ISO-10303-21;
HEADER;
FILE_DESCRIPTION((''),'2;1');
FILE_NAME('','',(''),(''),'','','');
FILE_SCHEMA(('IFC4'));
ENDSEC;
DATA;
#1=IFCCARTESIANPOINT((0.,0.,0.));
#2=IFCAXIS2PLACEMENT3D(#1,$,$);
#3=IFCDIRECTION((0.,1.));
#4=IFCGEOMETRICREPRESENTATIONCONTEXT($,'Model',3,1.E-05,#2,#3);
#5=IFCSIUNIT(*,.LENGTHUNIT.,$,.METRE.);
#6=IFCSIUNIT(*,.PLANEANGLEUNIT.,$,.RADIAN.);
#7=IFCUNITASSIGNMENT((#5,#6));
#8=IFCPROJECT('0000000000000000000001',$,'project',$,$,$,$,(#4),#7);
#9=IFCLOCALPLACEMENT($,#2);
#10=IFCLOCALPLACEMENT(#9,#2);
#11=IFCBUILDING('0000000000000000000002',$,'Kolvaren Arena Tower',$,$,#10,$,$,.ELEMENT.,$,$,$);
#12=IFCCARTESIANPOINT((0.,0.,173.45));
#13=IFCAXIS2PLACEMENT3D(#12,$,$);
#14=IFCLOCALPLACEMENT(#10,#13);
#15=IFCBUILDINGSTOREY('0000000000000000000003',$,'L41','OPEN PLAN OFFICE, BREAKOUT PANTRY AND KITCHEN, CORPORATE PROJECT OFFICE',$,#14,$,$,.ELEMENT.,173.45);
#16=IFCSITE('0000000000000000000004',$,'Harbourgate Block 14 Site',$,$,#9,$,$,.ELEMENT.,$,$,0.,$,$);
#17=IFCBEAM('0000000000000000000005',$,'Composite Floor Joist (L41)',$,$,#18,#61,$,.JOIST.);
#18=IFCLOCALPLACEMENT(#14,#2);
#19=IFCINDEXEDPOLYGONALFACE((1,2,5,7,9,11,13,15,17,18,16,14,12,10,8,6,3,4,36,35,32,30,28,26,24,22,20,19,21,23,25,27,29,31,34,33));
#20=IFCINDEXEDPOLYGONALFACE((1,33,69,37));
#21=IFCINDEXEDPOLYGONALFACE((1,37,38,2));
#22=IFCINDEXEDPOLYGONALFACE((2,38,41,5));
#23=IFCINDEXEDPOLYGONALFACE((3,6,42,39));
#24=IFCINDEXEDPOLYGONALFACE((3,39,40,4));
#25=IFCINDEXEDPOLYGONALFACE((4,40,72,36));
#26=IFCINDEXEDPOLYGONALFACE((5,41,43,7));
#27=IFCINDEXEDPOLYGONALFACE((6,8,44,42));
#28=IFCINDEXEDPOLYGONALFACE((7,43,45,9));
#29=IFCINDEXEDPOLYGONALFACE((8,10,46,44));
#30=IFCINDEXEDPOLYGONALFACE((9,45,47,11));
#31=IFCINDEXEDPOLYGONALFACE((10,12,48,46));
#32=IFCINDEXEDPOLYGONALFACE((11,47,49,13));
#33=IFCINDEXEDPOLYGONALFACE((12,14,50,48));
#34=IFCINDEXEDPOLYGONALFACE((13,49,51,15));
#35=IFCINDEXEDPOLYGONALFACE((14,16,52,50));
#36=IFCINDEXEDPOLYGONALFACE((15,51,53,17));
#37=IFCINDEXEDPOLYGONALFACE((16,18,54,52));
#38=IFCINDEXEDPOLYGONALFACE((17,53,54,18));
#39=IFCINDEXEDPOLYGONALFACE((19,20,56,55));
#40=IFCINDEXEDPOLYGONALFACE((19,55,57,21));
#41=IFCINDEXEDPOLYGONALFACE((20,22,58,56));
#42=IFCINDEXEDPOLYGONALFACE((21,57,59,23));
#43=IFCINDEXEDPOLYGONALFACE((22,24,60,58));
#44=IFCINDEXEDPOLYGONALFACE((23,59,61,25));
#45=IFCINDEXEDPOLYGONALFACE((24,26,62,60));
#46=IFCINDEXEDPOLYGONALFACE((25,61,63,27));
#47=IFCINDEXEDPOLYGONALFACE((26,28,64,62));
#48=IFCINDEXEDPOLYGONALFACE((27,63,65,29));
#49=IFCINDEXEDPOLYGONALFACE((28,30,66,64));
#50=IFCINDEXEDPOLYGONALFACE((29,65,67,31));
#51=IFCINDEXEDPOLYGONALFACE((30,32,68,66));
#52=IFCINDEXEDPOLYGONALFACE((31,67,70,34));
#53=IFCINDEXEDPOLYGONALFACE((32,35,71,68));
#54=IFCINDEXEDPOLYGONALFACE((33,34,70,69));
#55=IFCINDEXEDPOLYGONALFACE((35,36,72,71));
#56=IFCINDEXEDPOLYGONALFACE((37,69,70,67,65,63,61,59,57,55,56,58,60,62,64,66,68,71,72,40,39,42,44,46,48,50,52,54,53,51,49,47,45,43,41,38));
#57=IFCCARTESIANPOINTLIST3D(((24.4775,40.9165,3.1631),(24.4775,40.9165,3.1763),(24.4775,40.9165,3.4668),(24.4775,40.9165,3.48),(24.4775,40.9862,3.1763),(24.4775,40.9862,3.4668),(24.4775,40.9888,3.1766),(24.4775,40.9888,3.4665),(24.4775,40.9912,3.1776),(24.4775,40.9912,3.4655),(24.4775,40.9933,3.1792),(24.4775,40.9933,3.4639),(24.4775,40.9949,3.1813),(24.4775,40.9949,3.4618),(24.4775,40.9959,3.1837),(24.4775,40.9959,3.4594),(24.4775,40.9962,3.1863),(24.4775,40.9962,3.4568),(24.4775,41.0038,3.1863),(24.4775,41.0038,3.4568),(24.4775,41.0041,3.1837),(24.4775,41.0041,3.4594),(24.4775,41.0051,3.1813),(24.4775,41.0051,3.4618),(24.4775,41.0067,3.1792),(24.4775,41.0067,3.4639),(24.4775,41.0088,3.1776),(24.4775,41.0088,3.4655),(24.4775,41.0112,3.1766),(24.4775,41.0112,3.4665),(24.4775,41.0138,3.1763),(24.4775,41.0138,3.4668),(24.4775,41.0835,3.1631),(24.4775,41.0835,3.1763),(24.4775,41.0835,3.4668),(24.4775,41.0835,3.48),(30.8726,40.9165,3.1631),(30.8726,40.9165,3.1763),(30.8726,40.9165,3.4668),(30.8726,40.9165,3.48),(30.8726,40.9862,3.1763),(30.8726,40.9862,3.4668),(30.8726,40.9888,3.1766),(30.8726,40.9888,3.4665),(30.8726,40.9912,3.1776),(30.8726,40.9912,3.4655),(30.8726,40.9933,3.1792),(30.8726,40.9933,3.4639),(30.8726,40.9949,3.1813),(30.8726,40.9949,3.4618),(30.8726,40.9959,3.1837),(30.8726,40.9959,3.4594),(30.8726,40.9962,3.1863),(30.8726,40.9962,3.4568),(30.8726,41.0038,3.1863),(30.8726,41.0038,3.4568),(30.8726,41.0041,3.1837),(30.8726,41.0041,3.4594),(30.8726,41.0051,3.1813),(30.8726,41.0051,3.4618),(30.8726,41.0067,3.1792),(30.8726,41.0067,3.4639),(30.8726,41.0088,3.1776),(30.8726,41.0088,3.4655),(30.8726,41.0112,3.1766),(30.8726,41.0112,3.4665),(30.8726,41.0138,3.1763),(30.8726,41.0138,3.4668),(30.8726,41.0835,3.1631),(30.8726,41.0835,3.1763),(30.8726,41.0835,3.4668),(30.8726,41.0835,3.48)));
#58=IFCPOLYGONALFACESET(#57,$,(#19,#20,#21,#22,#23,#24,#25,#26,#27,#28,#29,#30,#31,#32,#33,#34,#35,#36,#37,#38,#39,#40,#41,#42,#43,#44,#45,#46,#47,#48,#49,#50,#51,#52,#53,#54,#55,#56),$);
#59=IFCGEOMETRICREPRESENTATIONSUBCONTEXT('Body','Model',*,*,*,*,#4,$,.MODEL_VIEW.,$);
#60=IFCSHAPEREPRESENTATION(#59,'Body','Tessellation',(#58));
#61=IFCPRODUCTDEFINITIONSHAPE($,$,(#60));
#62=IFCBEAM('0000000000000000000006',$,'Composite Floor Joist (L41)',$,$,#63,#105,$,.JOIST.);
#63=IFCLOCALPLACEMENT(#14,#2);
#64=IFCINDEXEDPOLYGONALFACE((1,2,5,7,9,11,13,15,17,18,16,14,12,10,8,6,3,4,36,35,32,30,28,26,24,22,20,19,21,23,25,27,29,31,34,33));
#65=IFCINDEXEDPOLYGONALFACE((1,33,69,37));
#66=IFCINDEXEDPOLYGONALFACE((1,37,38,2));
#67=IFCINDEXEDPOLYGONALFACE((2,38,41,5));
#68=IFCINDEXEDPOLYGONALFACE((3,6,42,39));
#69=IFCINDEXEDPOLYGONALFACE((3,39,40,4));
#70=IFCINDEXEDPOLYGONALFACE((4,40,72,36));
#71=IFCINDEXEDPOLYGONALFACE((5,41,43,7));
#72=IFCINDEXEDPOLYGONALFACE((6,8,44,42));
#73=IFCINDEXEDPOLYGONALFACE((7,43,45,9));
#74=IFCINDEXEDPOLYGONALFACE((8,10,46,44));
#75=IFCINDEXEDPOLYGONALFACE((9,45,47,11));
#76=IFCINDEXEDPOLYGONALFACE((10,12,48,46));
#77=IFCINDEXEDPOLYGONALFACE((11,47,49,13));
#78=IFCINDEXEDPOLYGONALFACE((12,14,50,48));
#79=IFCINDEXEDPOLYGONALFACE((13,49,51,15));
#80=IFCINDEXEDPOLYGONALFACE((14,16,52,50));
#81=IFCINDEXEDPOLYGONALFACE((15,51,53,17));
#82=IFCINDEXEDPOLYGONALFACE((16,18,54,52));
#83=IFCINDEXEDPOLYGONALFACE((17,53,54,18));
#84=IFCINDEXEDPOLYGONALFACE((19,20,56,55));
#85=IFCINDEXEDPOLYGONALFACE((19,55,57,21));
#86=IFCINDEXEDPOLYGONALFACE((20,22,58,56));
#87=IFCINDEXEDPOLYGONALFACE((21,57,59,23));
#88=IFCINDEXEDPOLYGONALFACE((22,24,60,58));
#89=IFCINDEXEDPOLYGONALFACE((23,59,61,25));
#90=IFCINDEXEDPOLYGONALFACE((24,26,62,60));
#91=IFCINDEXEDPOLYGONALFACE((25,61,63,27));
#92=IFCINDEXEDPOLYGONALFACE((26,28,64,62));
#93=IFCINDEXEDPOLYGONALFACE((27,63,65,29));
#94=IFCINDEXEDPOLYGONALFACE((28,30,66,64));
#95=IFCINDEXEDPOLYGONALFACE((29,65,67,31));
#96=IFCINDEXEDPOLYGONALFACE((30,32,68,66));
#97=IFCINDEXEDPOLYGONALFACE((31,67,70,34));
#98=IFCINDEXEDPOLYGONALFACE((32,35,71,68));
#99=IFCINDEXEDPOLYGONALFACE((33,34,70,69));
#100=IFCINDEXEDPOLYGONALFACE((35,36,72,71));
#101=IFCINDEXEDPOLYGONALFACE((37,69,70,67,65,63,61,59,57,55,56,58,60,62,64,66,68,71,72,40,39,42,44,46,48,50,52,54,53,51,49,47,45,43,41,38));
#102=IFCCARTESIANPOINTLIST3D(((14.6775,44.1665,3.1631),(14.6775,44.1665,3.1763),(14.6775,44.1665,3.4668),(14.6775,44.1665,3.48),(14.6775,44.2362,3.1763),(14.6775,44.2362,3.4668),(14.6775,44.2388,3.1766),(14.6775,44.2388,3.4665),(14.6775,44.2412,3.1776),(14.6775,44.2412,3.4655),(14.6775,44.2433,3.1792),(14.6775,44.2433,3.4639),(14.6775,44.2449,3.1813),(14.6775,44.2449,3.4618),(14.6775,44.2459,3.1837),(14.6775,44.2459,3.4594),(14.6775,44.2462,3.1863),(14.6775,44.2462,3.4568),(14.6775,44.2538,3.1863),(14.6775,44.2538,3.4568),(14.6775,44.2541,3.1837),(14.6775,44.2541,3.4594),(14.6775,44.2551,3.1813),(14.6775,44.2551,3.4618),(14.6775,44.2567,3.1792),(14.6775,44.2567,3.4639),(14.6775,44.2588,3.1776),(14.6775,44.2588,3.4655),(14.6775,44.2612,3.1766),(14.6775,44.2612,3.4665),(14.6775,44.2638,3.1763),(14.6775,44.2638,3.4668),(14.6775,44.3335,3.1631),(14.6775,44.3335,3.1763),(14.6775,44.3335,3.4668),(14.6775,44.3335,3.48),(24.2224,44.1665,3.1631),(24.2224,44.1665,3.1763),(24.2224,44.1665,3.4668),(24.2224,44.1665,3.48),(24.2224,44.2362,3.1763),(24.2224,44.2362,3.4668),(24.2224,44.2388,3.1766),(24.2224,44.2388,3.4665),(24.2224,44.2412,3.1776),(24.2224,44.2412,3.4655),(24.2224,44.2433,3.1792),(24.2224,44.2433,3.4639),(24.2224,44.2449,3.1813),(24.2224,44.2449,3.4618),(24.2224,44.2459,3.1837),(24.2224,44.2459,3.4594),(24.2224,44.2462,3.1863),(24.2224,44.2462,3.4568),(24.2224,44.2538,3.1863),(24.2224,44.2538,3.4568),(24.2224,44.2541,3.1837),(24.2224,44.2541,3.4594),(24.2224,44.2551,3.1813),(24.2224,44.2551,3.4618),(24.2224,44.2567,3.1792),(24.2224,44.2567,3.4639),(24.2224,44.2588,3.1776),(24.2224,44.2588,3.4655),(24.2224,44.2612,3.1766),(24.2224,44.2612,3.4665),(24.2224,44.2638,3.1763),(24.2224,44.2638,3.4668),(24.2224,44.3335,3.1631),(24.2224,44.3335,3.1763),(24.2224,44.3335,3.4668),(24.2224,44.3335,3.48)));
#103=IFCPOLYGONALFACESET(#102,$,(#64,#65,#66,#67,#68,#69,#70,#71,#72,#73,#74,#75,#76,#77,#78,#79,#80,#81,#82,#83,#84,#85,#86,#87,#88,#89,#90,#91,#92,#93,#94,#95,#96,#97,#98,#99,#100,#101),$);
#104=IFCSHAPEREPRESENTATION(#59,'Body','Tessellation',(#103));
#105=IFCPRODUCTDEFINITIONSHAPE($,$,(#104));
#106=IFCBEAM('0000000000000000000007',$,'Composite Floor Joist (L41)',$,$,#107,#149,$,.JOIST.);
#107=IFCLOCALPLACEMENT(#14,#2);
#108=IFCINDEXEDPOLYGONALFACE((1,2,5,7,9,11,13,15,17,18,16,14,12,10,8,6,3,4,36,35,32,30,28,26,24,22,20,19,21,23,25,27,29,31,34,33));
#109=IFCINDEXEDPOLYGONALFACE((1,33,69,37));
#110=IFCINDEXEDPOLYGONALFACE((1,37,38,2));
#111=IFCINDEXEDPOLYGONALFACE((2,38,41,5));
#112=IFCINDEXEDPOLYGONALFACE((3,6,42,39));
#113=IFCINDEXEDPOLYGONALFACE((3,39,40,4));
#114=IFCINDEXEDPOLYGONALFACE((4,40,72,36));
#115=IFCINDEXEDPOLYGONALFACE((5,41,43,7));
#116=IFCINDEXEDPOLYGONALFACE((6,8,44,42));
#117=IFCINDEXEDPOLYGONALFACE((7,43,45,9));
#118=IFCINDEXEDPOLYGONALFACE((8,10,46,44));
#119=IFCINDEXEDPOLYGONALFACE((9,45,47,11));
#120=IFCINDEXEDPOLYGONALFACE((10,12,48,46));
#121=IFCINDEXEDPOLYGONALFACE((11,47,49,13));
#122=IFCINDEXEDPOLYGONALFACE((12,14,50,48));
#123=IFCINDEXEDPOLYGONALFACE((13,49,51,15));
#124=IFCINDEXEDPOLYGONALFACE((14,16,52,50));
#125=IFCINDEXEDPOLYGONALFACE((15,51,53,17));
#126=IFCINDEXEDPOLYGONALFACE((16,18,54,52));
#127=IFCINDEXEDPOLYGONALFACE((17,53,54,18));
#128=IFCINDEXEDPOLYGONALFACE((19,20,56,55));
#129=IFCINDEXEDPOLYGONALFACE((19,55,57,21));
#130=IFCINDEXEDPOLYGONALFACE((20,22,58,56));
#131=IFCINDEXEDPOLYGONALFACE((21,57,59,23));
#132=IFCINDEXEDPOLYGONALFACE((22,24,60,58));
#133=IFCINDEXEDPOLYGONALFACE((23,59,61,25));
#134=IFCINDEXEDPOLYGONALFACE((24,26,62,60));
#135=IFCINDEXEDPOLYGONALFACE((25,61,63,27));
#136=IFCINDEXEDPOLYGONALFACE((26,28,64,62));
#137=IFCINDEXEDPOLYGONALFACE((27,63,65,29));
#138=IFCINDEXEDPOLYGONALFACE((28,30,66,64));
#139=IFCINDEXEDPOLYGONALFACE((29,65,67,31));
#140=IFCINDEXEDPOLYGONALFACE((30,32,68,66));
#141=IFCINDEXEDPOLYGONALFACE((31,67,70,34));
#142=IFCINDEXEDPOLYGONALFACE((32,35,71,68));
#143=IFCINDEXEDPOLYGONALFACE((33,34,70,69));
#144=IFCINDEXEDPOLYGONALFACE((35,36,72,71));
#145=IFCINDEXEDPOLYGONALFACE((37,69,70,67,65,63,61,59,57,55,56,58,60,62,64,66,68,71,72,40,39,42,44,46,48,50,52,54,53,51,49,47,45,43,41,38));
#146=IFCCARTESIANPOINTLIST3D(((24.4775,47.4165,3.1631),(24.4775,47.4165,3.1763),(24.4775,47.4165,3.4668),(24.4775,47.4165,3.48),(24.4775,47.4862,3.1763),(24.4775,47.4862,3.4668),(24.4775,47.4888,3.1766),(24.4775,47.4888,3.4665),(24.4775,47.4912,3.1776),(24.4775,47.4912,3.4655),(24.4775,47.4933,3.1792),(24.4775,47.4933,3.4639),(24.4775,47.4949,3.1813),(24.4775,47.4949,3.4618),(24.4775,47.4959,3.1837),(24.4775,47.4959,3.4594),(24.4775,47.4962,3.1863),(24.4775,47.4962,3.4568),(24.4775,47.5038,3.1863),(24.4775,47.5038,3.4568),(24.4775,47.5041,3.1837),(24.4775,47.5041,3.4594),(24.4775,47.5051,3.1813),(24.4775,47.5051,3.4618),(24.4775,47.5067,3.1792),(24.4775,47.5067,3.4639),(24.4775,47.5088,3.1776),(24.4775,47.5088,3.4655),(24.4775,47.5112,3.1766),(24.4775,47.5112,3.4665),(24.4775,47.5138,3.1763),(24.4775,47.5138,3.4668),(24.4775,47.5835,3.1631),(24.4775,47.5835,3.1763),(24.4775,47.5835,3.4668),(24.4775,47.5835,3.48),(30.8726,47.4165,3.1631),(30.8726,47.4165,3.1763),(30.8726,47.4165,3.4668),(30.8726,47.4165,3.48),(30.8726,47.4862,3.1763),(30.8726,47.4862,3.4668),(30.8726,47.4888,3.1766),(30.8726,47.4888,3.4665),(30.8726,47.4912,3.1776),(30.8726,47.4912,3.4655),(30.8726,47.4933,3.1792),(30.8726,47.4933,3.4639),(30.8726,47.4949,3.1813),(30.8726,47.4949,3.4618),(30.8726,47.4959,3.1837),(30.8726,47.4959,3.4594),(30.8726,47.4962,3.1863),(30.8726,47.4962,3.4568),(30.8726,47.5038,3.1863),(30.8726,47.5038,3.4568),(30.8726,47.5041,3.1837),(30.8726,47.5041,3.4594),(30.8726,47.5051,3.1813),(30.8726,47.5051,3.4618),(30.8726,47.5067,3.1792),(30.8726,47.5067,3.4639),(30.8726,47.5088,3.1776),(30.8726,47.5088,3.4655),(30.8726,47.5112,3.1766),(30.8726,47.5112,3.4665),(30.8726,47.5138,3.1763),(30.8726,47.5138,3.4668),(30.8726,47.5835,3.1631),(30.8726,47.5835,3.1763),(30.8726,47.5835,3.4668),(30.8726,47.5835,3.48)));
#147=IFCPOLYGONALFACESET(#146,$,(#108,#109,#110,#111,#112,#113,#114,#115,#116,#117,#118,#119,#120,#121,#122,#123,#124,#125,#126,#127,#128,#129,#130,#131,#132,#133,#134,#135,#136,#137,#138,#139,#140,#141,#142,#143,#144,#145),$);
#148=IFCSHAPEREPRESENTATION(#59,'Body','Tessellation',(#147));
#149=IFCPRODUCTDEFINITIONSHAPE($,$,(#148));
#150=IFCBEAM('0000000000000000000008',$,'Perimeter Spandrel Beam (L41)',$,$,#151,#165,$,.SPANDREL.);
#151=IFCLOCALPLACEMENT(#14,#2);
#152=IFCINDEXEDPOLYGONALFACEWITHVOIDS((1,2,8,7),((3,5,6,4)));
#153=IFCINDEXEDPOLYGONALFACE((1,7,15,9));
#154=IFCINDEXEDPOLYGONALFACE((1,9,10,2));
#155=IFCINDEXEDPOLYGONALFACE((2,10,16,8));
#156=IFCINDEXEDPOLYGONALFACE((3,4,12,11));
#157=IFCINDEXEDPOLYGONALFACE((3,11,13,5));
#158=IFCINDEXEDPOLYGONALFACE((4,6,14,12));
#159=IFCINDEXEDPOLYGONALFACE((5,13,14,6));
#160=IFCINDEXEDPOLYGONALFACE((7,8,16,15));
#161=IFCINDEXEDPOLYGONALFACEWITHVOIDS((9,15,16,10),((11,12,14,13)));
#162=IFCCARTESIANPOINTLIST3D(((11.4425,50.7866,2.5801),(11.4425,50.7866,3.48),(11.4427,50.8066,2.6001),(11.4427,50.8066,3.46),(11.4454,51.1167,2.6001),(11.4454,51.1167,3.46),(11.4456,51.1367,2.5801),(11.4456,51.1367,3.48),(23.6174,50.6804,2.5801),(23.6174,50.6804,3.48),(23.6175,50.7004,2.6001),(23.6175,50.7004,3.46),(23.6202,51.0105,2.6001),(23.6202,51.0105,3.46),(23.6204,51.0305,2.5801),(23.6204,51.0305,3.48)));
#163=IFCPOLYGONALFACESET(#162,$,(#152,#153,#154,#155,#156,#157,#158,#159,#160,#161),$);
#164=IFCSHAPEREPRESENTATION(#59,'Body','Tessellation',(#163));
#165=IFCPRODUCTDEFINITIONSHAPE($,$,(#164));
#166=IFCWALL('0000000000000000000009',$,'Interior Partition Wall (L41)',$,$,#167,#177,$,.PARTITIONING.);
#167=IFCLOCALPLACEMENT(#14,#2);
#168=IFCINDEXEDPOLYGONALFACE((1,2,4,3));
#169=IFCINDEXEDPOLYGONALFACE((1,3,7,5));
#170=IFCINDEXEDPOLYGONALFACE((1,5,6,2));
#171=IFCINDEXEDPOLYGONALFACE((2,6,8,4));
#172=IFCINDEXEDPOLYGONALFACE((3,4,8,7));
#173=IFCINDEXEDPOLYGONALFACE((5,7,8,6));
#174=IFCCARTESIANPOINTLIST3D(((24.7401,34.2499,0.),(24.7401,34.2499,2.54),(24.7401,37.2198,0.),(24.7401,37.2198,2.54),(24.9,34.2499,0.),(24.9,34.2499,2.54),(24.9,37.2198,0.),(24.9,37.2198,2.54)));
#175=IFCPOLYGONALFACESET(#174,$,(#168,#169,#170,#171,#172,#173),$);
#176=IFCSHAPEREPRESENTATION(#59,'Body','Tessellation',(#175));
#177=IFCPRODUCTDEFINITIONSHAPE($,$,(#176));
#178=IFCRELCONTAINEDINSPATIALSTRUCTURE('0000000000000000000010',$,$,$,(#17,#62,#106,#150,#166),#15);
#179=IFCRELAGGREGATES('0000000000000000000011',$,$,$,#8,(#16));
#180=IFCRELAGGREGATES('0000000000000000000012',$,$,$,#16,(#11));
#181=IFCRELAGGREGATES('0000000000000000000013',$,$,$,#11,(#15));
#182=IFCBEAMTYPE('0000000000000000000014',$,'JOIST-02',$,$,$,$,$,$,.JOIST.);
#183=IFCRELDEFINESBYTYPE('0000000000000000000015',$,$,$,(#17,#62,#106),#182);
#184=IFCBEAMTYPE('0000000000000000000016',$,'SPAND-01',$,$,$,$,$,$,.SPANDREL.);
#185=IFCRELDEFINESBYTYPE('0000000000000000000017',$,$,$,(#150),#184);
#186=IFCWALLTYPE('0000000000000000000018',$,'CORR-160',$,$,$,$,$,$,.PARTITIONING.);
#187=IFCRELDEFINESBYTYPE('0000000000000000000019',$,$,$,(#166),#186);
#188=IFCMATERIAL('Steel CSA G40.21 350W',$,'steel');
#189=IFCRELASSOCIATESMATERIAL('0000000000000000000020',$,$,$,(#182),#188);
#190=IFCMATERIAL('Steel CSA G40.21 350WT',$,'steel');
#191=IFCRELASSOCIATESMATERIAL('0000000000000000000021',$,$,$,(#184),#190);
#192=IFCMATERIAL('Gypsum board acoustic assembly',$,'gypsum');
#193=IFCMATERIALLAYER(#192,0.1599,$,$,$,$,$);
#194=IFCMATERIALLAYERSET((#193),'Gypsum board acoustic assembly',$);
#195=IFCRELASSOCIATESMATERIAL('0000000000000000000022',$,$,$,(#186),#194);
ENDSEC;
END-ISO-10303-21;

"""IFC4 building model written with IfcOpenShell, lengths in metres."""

from ifc_helpers import new_model, si_unit, direction, frame, frame_2d, origin, origin_2d, place, context, subcontext, project, spatial, rectangle, hollow_rectangle, i_section, extrude, material, layer, layer_set, material_profile, profile_set, type_object, element, save


model = new_model("IFC4")

# Units and contexts
model_context = context("Model", 3, precision=1e-05, world=origin(), true_north=direction((0.0, 1.0)))
body_context = subcontext(model_context, "Body", "Model", "MODEL_VIEW")
ifc_project = project(units=[si_unit("LENGTHUNIT", "METRE"), si_unit("PLANEANGLEUNIT", "RADIAN")], contexts=[model_context])

# Site, building, storey
site_placement = place(None, origin())
site = spatial("IfcSite", under=ifc_project, at=site_placement, Name="Harbourgate Block 14 Site", CompositionType="ELEMENT", RefElevation=0.0)
building_placement = place(site_placement, origin())
building = spatial("IfcBuilding", under=site, at=building_placement, Name="Kolvaren Arena Tower", CompositionType="ELEMENT")
storey_placement = place(building_placement, frame((0.0, 0.0, 173.45)))
storey = spatial("IfcBuildingStorey", under=building, at=storey_placement, Name="L41", Description="OPEN PLAN OFFICE, BREAKOUT PANTRY AND KITCHEN, CORPORATE PROJECT OFFICE", CompositionType="ELEMENT", Elevation=173.45)

# Beams
ifc_material_1 = material(Name="Steel CSA G40.21 350W", Category="steel")
ifc_material_profile_1 = material_profile(ifc_material_1, i_section(OverallWidth=0.167, OverallDepth=0.3169, WebThickness=0.0076, FlangeThickness=0.0132, FilletRadius=0.01, at=origin_2d()), Name="W310x52")
ifc_profile_set_1 = profile_set([ifc_material_profile_1], Name="Steel CSA G40.21 350W")
beam_type_1 = type_object("IfcBeamType", Name="JOIST-02", PredefinedType="JOIST", material=ifc_profile_set_1)
beam_1_placement = place(storey_placement, frame((24.4775, 41.0, 3.3215), z_axis=(1.0, 0.0, 0.0), x_axis=(0.0, 1.0, 0.0)))
element("IfcBeam", 1, at=beam_1_placement, inside=storey, type_object=beam_type_1, Name="Composite Floor Joist (L41)", PredefinedType="JOIST", context=body_context, shape_type="SweptSolid", body=[
    extrude(i_section(OverallWidth=0.167, OverallDepth=0.3169, WebThickness=0.0076, FlangeThickness=0.0132, FilletRadius=0.01, at=origin_2d()), origin(), (0.0, 0.0, 1.0), 6.395),
])
beam_2_placement = place(storey_placement, frame((14.6775, 44.25, 3.3215), z_axis=(1.0, 0.0, 0.0), x_axis=(0.0, 1.0, 0.0)))
element("IfcBeam", 2, at=beam_2_placement, inside=storey, type_object=beam_type_1, Name="Composite Floor Joist (L41)", PredefinedType="JOIST", context=body_context, shape_type="SweptSolid", body=[
    extrude(i_section(OverallWidth=0.167, OverallDepth=0.3169, WebThickness=0.0076, FlangeThickness=0.0132, FilletRadius=0.01, at=origin_2d()), origin(), (0.0, 0.0, 1.0), 9.5449),
])
beam_3_placement = place(storey_placement, frame((24.4775, 47.5, 3.3215), z_axis=(1.0, 0.0, 0.0), x_axis=(0.0, 1.0, 0.0)))
element("IfcBeam", 3, at=beam_3_placement, inside=storey, type_object=beam_type_1, Name="Composite Floor Joist (L41)", PredefinedType="JOIST", context=body_context, shape_type="SweptSolid", body=[
    extrude(i_section(OverallWidth=0.167, OverallDepth=0.3169, WebThickness=0.0076, FlangeThickness=0.0132, FilletRadius=0.01, at=origin_2d()), origin(), (0.0, 0.0, 1.0), 6.395),
])
ifc_material_2 = material(Name="Steel CSA G40.21 350WT", Category="steel")
ifc_material_profile_2 = material_profile(ifc_material_2, hollow_rectangle(XDim=0.3501, YDim=0.8999, WallThickness=0.02, at=origin_2d()), Name="HSS 900x350x20")
ifc_profile_set_2 = profile_set([ifc_material_profile_2], Name="Steel CSA G40.21 350WT")
beam_type_2 = type_object("IfcBeamType", Name="SPAND-01", PredefinedType="SPANDREL", material=ifc_profile_set_2)
beam_4_placement = place(storey_placement, frame((23.6189, 50.8555, 3.03), z_axis=(-0.999962, 0.008723, 0.0), x_axis=(-0.008723, -0.999962, 0.0)))
element("IfcBeam", 4, at=beam_4_placement, inside=storey, type_object=beam_type_2, Name="Perimeter Spandrel Beam (L41)", PredefinedType="SPANDREL", context=body_context, shape_type="SweptSolid", body=[
    extrude(hollow_rectangle(XDim=0.3501, YDim=0.8999, WallThickness=0.02, at=origin_2d()), origin(), (0.0, 0.0, 1.0), 12.1753),
])

# Wall
ifc_material_3 = material(Name="Gypsum board acoustic assembly", Category="gypsum")
ifc_layer_1 = layer(ifc_material_3, 0.1599)
ifc_layer_set_1 = layer_set([ifc_layer_1], Name="Gypsum board acoustic assembly")
wall_type_1 = type_object("IfcWallType", Name="CORR-160", PredefinedType="PARTITIONING", material=ifc_layer_set_1)
wall_1_placement = place(storey_placement, frame((24.8201, 34.25, 0.0), z_axis=(0.0, 0.0, 1.0), x_axis=(0.0, 1.0, 0.0)))
element("IfcWall", 5, at=wall_1_placement, inside=storey, type_object=wall_type_1, Name="Interior Partition Wall (L41)", PredefinedType="PARTITIONING", context=body_context, shape_type="SweptSolid", body=[
    extrude(rectangle(XDim=2.97, YDim=0.1599, at=frame_2d((1.4849, 0.0))), origin(), (0.0, 0.0, 1.0), 2.54),
])

save(model, "model.ifc")
